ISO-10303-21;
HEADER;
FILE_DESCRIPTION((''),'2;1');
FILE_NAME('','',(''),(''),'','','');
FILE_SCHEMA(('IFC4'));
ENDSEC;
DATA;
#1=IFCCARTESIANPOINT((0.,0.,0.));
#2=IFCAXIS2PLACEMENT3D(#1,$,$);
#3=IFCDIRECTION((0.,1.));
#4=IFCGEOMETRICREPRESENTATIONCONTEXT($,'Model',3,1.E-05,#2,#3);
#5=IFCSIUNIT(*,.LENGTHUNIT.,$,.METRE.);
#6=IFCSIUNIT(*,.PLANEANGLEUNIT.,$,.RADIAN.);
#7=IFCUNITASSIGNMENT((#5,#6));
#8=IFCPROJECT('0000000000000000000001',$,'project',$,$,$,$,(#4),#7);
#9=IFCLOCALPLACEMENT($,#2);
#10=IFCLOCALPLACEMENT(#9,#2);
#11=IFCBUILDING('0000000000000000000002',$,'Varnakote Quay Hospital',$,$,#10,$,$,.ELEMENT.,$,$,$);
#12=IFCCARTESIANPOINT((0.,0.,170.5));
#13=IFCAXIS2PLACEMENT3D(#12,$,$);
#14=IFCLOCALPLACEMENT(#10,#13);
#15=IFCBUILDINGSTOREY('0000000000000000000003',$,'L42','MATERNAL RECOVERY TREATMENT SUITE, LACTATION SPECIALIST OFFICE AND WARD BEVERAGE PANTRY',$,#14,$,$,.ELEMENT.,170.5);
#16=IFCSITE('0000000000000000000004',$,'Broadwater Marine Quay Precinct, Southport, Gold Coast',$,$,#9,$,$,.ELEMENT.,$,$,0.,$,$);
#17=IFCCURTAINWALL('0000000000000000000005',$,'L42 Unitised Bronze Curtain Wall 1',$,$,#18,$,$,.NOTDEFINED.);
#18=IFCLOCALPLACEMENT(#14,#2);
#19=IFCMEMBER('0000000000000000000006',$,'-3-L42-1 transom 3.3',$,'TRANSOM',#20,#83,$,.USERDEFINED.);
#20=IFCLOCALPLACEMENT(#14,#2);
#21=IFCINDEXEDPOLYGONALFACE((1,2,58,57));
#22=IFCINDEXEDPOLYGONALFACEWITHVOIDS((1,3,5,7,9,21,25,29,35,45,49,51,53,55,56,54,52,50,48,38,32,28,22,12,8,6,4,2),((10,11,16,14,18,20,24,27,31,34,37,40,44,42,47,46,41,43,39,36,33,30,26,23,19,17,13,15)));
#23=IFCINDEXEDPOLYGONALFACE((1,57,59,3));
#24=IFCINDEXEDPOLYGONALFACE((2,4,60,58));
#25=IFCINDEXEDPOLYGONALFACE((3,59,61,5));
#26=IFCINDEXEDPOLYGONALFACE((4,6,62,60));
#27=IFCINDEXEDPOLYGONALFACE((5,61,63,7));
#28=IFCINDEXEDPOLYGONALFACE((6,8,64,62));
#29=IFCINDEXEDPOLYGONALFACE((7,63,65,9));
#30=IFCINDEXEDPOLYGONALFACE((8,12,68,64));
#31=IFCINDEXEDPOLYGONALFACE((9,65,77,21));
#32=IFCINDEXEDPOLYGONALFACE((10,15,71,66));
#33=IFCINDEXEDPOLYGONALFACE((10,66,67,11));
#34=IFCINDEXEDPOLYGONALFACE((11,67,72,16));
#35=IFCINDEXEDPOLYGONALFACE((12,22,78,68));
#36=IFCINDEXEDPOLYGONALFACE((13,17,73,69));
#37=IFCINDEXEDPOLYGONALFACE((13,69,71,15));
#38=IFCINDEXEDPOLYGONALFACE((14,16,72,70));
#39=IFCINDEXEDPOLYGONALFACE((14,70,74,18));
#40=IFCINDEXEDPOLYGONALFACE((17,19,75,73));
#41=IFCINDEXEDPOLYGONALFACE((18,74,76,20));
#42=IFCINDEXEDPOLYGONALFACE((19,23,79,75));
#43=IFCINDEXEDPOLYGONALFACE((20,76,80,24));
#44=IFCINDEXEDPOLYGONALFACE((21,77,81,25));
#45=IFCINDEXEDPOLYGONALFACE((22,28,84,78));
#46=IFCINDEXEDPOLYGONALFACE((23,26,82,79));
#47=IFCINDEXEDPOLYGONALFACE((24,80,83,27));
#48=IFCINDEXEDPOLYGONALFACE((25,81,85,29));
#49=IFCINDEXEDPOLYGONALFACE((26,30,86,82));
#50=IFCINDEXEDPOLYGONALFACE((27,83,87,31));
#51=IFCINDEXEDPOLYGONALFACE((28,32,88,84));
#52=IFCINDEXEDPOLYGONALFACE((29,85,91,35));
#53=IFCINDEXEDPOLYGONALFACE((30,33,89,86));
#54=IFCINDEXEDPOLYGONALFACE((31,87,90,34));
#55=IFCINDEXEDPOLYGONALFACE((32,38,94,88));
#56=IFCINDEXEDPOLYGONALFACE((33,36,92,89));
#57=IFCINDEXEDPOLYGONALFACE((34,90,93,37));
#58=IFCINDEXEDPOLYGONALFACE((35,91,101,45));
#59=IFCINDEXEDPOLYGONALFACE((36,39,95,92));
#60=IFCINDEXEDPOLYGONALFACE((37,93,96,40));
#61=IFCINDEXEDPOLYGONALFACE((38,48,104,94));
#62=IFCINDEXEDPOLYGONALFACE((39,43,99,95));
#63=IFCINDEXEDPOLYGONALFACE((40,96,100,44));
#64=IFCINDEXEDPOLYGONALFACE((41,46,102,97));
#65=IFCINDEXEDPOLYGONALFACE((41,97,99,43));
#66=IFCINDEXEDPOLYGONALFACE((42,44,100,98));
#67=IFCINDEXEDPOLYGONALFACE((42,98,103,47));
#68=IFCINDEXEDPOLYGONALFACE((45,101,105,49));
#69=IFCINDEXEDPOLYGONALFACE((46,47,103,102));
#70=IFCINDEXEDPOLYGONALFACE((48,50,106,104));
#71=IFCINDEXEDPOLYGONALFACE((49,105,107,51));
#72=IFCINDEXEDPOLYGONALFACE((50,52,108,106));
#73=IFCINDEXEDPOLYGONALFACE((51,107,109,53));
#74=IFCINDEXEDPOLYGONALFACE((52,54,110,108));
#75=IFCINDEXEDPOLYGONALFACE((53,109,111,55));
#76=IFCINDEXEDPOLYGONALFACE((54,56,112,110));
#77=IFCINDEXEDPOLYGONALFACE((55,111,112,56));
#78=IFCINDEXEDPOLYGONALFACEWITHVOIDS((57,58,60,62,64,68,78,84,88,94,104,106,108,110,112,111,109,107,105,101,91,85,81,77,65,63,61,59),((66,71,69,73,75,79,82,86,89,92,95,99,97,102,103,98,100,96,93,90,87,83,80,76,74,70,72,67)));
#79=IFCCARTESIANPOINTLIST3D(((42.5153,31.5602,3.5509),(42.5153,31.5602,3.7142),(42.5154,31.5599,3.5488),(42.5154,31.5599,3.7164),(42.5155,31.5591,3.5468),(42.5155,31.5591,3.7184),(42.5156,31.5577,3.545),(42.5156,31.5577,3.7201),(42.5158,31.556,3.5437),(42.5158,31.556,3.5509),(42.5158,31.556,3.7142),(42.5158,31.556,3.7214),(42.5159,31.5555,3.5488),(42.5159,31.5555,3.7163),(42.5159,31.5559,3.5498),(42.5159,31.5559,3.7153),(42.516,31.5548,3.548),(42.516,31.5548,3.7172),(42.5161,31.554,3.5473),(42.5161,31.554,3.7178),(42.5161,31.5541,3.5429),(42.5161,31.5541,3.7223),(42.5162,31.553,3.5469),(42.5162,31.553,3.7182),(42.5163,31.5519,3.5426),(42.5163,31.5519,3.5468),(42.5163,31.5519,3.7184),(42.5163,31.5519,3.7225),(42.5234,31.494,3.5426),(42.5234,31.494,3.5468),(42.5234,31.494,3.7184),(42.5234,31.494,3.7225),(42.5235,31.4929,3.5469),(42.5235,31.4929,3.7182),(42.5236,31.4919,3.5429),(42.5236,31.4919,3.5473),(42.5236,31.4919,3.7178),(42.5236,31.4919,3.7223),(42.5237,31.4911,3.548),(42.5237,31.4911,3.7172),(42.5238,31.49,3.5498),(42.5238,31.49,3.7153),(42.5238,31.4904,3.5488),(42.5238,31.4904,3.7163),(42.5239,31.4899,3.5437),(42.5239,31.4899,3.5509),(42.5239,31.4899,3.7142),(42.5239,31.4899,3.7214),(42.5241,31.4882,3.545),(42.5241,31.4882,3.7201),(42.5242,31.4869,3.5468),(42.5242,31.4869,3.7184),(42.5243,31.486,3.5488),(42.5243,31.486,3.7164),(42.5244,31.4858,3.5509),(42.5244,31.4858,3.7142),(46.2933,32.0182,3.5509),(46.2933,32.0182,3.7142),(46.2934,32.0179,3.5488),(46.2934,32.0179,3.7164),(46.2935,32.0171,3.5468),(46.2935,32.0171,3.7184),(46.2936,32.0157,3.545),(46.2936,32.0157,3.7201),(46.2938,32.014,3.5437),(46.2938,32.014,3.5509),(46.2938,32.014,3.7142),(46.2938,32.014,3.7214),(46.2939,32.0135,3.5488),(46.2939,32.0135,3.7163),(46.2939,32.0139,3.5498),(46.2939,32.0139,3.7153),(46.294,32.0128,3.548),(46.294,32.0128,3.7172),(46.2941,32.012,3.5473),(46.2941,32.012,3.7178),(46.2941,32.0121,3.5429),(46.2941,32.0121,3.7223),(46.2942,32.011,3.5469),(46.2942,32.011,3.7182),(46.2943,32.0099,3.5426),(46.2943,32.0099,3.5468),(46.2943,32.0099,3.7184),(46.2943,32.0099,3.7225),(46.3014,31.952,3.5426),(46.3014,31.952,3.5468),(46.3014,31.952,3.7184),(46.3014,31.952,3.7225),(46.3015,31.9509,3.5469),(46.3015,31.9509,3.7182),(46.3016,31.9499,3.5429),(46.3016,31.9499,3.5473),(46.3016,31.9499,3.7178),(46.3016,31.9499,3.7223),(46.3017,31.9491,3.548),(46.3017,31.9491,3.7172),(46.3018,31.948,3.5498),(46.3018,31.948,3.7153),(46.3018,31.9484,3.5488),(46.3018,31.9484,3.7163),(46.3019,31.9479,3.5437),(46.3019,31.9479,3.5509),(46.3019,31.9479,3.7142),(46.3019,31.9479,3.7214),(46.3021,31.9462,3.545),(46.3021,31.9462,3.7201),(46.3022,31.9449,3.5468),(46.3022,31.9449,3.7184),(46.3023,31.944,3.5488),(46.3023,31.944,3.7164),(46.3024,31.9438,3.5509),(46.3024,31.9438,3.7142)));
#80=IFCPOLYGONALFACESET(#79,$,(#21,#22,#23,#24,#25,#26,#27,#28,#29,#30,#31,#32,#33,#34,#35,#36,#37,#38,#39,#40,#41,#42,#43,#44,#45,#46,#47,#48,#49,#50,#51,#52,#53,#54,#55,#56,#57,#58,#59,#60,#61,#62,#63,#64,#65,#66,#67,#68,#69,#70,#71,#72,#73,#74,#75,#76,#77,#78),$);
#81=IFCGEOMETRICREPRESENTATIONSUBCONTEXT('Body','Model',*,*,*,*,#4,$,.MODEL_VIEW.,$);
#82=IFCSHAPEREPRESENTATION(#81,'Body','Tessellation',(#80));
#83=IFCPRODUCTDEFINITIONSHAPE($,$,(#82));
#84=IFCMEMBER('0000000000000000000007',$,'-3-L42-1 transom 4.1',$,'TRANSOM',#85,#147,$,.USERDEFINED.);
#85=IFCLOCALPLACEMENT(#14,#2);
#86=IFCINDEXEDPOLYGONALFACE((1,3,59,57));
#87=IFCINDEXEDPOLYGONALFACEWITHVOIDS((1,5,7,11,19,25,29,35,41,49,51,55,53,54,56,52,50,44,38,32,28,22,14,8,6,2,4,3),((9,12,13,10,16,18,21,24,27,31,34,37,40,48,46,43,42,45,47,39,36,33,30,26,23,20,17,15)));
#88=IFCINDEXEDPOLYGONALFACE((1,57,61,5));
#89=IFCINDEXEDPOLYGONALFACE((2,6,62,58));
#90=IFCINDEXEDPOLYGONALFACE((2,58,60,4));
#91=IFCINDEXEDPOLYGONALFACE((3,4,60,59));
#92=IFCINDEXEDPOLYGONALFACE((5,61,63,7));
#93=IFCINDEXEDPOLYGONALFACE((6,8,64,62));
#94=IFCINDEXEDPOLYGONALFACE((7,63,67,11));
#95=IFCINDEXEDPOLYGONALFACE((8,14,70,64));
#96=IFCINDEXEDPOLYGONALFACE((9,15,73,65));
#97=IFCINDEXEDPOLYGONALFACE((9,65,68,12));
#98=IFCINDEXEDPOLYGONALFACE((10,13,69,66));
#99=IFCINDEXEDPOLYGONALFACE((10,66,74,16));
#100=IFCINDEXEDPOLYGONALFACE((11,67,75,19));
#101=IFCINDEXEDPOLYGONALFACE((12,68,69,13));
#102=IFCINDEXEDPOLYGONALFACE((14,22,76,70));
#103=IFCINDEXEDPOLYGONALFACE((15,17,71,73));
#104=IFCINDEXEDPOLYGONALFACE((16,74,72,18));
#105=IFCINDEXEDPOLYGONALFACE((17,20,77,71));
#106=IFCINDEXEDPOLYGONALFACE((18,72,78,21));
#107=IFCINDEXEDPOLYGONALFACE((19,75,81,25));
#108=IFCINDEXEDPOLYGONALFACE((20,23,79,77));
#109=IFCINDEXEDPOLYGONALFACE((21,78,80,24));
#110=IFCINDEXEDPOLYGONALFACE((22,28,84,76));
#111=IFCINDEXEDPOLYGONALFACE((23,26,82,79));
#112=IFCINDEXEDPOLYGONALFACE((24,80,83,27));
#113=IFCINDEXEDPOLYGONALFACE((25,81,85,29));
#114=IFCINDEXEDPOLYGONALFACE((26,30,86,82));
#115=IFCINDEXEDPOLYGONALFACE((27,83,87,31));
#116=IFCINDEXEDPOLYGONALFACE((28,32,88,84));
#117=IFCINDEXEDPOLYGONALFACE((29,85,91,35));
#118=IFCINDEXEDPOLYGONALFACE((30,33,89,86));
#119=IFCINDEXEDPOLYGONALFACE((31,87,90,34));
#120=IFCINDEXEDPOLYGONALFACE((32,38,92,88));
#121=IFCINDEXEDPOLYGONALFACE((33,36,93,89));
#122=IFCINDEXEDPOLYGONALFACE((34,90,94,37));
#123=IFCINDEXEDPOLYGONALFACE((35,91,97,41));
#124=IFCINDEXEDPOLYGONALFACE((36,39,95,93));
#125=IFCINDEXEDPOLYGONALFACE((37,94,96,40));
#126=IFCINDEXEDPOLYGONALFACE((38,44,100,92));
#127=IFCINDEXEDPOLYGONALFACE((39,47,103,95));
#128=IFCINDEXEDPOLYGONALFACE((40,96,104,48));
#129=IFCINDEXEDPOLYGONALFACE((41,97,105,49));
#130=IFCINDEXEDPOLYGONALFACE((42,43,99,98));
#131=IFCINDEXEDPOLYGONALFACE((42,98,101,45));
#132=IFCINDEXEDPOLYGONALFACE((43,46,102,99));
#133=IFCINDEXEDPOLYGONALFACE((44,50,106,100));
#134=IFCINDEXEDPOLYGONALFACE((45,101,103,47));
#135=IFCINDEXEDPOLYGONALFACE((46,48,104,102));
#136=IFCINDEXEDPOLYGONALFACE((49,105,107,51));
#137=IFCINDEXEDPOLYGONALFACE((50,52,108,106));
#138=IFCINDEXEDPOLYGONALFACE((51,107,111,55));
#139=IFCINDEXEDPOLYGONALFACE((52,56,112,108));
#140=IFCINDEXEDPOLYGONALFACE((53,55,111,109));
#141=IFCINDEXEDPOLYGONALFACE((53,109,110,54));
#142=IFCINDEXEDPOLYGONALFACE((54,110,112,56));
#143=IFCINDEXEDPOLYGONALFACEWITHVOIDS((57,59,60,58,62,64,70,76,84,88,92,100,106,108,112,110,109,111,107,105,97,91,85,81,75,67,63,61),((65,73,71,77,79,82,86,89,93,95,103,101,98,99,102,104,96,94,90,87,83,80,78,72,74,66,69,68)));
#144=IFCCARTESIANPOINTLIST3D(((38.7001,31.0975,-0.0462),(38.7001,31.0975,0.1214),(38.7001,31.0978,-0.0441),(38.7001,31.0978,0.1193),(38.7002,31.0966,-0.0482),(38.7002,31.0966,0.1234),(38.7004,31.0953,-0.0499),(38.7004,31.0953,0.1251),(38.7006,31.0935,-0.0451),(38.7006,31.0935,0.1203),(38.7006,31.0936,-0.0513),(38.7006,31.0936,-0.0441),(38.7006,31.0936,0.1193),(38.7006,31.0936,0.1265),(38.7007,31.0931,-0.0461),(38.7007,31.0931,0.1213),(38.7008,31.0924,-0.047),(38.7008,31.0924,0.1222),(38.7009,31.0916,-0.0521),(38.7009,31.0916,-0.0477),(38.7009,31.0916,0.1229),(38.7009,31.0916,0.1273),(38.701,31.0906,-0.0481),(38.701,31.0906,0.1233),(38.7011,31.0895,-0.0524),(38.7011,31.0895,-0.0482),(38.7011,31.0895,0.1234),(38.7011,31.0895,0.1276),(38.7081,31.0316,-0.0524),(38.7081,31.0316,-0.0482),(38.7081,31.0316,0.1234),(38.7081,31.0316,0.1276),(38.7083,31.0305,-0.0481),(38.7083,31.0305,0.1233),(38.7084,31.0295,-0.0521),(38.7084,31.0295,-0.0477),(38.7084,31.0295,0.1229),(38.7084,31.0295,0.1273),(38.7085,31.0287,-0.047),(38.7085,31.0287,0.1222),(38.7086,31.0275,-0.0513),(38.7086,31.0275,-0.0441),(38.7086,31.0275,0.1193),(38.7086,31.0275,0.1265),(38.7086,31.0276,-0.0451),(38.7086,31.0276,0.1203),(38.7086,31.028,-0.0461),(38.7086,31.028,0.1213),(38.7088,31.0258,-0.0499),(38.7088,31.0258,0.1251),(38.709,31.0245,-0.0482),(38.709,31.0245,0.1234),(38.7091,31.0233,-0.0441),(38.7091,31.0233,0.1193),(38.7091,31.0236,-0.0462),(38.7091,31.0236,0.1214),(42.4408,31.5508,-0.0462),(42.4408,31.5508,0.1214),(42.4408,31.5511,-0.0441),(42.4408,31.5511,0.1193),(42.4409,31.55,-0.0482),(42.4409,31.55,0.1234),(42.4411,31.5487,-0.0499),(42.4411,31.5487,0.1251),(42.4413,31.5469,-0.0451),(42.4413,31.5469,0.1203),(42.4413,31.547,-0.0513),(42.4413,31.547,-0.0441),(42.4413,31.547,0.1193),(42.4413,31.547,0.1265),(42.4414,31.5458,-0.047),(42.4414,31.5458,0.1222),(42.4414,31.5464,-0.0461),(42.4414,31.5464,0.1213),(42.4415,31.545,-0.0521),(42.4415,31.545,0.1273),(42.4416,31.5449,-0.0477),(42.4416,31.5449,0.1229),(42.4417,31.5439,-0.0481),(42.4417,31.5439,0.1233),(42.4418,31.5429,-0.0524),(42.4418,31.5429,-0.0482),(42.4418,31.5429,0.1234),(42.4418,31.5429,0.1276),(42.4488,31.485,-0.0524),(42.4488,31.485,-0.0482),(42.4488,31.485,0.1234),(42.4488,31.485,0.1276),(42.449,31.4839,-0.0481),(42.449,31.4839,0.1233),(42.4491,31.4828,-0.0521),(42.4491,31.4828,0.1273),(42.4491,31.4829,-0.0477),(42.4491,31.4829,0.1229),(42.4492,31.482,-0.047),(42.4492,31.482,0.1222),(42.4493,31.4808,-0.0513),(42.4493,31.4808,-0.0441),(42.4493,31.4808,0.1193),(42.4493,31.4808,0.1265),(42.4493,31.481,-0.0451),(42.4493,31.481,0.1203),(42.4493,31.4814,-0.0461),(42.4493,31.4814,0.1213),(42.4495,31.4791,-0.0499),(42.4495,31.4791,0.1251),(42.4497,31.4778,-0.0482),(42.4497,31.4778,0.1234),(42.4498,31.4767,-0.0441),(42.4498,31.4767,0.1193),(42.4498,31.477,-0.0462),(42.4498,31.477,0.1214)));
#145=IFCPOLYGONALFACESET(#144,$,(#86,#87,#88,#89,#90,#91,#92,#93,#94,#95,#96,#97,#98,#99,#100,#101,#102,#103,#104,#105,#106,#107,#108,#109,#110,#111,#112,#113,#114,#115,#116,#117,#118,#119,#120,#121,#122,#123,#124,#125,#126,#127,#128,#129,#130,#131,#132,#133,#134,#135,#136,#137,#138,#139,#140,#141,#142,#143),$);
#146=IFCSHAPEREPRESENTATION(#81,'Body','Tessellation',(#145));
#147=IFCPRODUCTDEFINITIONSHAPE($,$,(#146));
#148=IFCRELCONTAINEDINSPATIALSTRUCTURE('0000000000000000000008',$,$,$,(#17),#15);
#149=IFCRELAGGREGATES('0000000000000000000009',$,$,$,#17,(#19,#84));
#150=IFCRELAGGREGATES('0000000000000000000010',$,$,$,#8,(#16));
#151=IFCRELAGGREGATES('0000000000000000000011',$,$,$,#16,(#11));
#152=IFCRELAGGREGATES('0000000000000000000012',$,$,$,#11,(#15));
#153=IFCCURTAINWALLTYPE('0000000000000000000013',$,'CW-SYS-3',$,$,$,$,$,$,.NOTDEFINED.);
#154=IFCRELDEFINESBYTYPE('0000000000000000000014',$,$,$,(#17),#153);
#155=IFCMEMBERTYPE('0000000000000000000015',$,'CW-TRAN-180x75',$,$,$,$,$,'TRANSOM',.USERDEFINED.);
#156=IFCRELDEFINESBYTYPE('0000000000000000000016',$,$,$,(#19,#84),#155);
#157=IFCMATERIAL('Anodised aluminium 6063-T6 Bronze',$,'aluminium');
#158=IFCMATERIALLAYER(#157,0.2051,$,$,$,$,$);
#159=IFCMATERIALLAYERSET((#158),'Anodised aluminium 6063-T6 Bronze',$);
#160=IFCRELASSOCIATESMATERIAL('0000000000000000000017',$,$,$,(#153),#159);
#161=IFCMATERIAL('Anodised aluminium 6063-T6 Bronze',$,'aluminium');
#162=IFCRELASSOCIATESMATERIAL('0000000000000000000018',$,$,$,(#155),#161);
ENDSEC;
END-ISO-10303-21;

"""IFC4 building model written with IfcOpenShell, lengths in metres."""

from ifc_helpers import new_model, si_unit, direction, frame, origin, origin_2d, place, context, subcontext, project, spatial, hollow_rectangle, extrude, material, layer, layer_set, material_profile, profile_set, type_object, element, aggregate, save


model = new_model("IFC4")

# Units and contexts
model_context = context("Model", 3, precision=1e-05, world=origin(), true_north=direction((0.0, 1.0)))
body_context = subcontext(model_context, "Body", "Model", "MODEL_VIEW")
ifc_project = project(units=[si_unit("LENGTHUNIT", "METRE"), si_unit("PLANEANGLEUNIT", "RADIAN")], contexts=[model_context])

# Site, building, storey
site_placement = place(None, origin())
site = spatial("IfcSite", under=ifc_project, at=site_placement, Name="Broadwater Marine Quay Precinct, Southport, Gold Coast", CompositionType="ELEMENT", RefElevation=0.0)
building_placement = place(site_placement, origin())
building = spatial("IfcBuilding", under=site, at=building_placement, Name="Varnakote Quay Hospital", CompositionType="ELEMENT")
storey_placement = place(building_placement, frame((0.0, 0.0, 170.5)))
storey = spatial("IfcBuildingStorey", under=building, at=storey_placement, Name="L42", Description="MATERNAL RECOVERY TREATMENT SUITE, LACTATION SPECIALIST OFFICE AND WARD BEVERAGE PANTRY", CompositionType="ELEMENT", Elevation=170.5)

# Curtain wall, members
ifc_material_1 = material(Name="Anodised aluminium 6063-T6 Bronze", Category="aluminium")
ifc_layer_1 = layer(ifc_material_1, 0.2051)
ifc_layer_set_1 = layer_set([ifc_layer_1], Name="Anodised aluminium 6063-T6 Bronze")
curtain_wall_type = type_object("IfcCurtainWallType", Name="CW-SYS-3", PredefinedType="NOTDEFINED", material=ifc_layer_set_1)
curtain_wall_placement = place(storey_placement, origin())
curtain_wall = element("IfcCurtainWall", 1, at=curtain_wall_placement, inside=storey, type_object=curtain_wall_type, Name="L42 Unitised Bronze Curtain Wall 1", PredefinedType="NOTDEFINED")
ifc_material_2 = material(Name="Anodised aluminium 6063-T6 Bronze", Category="aluminium")
ifc_material_profile_1 = material_profile(ifc_material_2, hollow_rectangle(XDim=0.075, YDim=0.1799, WallThickness=0.0042, InnerFilletRadius=0.0042, OuterFilletRadius=0.0083, at=origin_2d()), Name="CW-TRAN-180x75")
ifc_profile_set_1 = profile_set([ifc_material_profile_1], Name="Anodised aluminium 6063-T6 Bronze")
member_type_1 = type_object("IfcMemberType", Name="CW-TRAN-180x75", ElementType="TRANSOM", PredefinedType="USERDEFINED", material=ifc_profile_set_1)
member_1_placement = place(storey_placement, frame((46.2979, 31.981, 3.6326), z_axis=(-0.992732, -0.120347, 0.0), x_axis=(0.120347, -0.992732, 0.0)))
member_1 = element("IfcMember", 2, at=member_1_placement, type_object=member_type_1, Name="-3-L42-1 transom 3.3", ObjectType="TRANSOM", PredefinedType="USERDEFINED", context=body_context, shape_type="SweptSolid", body=[
    extrude(hollow_rectangle(XDim=0.075, YDim=0.1799, WallThickness=0.0042, InnerFilletRadius=0.0042, OuterFilletRadius=0.0083, at=origin_2d()), origin(), (0.0, 0.0, 1.0), 3.8057),
])
member_2_placement = place(storey_placement, frame((42.4453, 31.5139, 0.0376), z_axis=(-0.992735, -0.120318, 0.0), x_axis=(0.120318, -0.992735, 0.0)))
member_2 = element("IfcMember", 3, at=member_2_placement, type_object=member_type_1, Name="-3-L42-1 transom 4.1", ObjectType="TRANSOM", PredefinedType="USERDEFINED", context=body_context, shape_type="SweptSolid", body=[
    extrude(hollow_rectangle(XDim=0.075, YDim=0.1799, WallThickness=0.0042, InnerFilletRadius=0.0042, OuterFilletRadius=0.0083, at=origin_2d()), origin(), (0.0, 0.0, 1.0), 3.7681),
])

aggregate(curtain_wall, [member_1, member_2])

save(model, "model.ifc")
